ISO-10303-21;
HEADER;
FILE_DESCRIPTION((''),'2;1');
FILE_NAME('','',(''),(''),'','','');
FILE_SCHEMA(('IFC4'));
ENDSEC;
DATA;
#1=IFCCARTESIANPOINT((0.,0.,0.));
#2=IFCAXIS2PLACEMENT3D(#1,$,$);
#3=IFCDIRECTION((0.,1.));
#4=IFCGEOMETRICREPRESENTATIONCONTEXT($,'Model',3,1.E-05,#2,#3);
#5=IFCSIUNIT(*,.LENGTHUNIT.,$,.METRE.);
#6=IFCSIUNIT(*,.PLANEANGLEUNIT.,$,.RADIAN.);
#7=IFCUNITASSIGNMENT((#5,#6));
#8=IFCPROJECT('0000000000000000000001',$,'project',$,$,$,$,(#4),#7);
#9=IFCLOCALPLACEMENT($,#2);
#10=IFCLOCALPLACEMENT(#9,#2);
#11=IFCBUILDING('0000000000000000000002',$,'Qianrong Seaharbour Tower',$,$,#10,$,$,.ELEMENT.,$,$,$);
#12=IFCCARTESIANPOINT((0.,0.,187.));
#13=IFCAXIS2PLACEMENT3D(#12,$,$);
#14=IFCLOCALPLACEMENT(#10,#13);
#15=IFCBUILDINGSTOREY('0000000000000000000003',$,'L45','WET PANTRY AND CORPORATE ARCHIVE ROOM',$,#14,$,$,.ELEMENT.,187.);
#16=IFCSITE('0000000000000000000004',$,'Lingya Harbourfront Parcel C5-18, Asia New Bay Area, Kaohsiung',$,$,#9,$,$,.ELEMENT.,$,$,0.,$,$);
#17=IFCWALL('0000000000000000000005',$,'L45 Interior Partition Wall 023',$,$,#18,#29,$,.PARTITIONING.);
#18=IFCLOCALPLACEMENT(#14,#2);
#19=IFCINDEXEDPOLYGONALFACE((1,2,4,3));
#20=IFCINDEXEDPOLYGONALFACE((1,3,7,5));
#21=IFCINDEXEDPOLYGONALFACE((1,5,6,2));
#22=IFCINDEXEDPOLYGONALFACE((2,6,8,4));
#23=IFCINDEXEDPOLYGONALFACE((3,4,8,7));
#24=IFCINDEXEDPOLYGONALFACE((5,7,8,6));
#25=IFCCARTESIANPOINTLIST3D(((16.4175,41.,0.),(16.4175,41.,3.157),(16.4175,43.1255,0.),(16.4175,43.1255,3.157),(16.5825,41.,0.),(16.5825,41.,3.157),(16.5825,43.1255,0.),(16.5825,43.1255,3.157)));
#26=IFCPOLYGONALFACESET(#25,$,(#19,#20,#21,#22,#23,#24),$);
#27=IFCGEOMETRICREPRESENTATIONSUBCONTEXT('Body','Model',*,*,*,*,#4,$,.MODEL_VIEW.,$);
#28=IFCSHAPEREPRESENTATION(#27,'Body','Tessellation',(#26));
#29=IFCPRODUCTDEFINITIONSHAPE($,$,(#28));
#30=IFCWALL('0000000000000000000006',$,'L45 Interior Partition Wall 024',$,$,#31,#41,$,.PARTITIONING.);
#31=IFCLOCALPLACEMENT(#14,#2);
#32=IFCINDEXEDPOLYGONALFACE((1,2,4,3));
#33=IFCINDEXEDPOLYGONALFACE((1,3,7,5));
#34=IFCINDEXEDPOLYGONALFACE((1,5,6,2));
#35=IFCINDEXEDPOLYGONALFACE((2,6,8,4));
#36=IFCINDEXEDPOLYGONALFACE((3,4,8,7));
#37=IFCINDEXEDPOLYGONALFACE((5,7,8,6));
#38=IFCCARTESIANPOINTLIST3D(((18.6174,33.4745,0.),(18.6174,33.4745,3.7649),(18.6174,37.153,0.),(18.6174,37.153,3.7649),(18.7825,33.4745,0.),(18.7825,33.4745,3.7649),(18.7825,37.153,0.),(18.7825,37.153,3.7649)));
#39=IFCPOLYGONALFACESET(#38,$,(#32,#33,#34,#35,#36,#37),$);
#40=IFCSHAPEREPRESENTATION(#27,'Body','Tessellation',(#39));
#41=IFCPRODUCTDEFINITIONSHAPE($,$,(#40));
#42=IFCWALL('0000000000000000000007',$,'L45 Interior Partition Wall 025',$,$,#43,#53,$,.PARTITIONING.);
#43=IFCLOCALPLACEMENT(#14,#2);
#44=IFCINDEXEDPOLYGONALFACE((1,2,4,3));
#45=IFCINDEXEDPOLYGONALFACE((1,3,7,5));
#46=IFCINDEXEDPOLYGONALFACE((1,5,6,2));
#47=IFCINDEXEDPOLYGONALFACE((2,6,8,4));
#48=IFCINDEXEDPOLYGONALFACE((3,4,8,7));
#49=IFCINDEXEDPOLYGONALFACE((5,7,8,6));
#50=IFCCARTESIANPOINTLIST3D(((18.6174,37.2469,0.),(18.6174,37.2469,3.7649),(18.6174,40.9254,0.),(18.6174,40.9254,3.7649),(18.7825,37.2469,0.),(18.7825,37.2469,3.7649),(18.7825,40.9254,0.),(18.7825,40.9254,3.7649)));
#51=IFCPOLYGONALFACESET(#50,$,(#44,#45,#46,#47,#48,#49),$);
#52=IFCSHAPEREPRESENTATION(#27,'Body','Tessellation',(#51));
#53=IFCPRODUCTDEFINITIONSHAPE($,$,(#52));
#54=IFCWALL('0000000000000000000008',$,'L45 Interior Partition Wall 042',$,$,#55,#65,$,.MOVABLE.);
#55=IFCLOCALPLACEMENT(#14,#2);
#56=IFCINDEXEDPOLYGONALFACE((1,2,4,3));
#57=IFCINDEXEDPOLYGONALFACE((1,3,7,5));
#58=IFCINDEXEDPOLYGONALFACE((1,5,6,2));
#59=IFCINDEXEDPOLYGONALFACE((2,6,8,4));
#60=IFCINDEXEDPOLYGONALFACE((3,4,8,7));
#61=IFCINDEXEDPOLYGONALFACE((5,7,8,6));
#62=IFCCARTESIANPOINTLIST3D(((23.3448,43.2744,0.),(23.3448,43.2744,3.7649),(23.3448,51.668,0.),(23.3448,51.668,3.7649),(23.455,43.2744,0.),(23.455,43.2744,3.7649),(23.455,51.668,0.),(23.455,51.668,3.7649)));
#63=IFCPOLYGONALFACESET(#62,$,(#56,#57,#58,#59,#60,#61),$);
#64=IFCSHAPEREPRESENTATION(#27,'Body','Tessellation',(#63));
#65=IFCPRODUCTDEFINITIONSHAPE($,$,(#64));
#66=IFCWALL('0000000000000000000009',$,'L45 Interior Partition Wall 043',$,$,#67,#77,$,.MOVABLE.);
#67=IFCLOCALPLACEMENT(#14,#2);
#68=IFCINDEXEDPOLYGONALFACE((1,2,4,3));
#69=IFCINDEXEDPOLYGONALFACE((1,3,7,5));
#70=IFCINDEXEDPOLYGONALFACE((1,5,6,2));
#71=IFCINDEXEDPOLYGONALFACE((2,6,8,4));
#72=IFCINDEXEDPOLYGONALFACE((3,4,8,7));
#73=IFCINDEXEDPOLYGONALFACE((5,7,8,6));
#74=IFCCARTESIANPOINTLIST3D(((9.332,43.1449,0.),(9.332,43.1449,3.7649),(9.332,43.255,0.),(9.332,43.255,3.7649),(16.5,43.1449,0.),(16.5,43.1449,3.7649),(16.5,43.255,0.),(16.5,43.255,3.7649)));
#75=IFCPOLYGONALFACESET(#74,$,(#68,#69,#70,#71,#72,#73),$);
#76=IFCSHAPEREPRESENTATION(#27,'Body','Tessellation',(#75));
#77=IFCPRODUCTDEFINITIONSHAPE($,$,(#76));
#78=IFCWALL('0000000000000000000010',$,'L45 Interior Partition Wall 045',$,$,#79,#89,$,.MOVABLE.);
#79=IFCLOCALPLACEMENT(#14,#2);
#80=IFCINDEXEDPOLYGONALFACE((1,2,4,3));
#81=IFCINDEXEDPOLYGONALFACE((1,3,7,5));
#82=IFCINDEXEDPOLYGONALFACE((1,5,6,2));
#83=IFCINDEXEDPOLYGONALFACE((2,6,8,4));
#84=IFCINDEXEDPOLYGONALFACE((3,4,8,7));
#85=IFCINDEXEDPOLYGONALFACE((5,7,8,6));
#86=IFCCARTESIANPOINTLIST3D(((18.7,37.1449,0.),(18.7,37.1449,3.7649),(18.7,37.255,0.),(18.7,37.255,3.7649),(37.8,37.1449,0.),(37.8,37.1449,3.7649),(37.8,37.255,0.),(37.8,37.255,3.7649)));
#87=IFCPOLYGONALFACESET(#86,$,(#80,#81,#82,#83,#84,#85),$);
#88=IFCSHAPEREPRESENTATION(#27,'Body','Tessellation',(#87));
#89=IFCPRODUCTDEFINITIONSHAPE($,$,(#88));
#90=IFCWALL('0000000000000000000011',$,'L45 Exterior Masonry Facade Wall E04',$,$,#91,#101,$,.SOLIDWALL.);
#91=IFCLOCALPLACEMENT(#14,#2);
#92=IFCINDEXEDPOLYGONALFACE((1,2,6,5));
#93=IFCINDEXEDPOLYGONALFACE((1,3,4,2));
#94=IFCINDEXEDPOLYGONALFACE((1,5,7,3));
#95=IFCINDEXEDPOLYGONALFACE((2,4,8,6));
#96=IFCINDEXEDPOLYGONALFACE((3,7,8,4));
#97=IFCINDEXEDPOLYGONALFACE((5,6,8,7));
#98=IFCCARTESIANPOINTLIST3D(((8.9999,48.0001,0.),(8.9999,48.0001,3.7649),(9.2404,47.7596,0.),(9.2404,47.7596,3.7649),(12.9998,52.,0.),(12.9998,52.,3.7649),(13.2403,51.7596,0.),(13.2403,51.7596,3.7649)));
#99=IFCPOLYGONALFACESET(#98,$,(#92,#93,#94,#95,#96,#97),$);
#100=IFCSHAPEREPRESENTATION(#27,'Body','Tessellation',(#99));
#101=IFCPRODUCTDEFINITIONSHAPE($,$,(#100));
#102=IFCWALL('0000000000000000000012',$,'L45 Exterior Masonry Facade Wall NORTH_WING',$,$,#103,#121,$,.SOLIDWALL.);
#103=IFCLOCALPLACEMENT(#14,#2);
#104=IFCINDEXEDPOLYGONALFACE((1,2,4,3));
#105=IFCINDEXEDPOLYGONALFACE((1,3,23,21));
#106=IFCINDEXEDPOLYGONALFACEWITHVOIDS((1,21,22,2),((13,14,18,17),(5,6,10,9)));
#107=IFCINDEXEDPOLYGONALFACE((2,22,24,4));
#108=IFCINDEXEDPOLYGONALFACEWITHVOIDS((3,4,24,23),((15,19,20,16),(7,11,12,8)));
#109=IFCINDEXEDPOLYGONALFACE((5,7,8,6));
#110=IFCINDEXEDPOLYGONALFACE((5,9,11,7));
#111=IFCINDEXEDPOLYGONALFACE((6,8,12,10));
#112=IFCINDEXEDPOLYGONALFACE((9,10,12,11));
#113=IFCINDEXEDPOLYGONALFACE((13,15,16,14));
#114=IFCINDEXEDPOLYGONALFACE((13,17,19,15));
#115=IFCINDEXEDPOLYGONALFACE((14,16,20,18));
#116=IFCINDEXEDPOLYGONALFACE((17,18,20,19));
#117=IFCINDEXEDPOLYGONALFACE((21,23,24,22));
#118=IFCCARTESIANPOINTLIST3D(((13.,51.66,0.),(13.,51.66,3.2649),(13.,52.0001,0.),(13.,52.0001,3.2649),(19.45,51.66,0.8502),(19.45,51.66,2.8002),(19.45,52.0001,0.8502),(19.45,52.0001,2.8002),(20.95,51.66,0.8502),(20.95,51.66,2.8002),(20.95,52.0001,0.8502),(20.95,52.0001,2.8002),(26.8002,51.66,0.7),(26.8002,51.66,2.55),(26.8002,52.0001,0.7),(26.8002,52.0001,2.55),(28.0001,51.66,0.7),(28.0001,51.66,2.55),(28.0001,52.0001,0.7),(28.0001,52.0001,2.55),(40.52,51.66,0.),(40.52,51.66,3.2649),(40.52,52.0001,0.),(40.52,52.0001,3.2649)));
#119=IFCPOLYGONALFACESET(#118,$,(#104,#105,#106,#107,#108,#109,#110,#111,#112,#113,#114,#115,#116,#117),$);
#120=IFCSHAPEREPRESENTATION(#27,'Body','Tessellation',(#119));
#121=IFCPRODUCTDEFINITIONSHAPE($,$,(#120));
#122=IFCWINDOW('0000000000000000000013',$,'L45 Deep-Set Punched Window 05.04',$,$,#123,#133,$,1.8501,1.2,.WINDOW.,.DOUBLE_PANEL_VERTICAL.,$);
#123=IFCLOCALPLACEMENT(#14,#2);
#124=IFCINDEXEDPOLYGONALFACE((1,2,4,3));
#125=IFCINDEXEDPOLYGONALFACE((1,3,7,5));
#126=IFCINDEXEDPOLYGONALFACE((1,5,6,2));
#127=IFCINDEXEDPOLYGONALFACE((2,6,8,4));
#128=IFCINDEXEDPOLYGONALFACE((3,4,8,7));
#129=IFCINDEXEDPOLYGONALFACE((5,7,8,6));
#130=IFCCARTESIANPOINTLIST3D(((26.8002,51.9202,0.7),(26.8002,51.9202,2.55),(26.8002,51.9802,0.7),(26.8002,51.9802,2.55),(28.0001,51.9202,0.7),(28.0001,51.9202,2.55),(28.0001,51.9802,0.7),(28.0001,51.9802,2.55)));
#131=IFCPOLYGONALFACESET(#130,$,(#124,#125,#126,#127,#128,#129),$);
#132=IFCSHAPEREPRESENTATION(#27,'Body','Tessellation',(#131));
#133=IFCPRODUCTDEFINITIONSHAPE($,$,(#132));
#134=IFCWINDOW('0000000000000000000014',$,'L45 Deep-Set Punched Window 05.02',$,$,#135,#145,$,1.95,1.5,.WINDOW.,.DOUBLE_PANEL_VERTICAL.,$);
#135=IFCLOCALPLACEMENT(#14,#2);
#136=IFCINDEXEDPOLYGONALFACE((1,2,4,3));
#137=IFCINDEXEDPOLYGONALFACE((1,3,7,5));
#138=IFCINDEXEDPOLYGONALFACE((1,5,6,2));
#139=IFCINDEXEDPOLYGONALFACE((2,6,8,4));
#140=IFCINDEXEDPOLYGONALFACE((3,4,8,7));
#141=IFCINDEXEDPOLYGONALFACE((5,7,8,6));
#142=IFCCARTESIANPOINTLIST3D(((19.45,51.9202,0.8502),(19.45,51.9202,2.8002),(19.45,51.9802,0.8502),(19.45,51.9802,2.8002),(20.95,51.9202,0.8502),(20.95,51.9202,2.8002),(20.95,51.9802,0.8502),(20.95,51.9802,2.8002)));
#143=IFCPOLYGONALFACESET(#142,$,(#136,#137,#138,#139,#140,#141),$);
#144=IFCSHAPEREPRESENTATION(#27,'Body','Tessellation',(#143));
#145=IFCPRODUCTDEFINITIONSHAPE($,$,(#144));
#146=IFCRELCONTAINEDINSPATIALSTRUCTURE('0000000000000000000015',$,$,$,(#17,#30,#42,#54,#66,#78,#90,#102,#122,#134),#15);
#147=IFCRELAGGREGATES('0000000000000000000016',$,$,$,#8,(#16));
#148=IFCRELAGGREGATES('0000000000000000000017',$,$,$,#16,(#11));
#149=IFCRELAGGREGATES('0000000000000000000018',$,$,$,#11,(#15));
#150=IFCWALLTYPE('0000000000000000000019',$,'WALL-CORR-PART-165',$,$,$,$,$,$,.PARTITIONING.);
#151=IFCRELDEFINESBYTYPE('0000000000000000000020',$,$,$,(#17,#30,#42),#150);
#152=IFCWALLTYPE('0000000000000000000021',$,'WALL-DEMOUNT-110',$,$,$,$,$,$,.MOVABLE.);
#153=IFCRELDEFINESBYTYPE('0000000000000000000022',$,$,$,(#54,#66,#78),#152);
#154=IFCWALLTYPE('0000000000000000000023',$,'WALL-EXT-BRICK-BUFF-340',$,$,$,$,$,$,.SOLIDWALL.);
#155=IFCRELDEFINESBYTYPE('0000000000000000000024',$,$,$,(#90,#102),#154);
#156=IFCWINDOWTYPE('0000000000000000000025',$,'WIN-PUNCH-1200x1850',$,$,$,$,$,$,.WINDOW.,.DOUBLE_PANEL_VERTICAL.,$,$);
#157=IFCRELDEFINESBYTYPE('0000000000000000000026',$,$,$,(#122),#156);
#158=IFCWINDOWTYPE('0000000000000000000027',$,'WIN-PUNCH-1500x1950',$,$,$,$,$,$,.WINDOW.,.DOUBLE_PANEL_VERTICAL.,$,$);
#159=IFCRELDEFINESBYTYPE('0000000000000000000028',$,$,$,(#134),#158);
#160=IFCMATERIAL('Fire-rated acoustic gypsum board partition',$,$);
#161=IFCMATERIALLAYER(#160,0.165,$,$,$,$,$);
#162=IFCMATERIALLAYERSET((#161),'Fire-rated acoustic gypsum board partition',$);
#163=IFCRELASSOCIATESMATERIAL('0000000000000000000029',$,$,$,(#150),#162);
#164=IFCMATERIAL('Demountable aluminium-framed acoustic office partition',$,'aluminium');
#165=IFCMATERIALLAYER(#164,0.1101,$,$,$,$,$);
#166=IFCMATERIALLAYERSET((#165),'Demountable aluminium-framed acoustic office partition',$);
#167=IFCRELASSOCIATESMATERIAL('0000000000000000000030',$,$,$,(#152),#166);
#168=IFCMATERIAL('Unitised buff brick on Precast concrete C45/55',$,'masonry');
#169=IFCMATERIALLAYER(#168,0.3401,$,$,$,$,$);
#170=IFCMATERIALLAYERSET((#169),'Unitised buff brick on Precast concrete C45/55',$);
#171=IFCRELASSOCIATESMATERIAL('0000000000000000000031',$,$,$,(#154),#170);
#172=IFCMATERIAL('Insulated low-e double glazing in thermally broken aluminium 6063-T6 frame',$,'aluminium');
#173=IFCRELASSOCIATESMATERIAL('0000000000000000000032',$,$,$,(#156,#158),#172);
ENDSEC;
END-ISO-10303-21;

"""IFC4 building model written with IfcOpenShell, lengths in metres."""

from ifc_helpers import new_model, si_unit, direction, frame, frame_2d, origin, place, context, subcontext, project, spatial, rectangle, extrude, material, layer, layer_set, type_object, element, fill, save


model = new_model("IFC4")

# Units and contexts
model_context = context("Model", 3, precision=1e-05, world=origin(), true_north=direction((0.0, 1.0)))
body_context = subcontext(model_context, "Body", "Model", "MODEL_VIEW")
ifc_project = project(units=[si_unit("LENGTHUNIT", "METRE"), si_unit("PLANEANGLEUNIT", "RADIAN")], contexts=[model_context])

# Site, building, storey
site_placement = place(None, origin())
site = spatial("IfcSite", under=ifc_project, at=site_placement, Name="Lingya Harbourfront Parcel C5-18, Asia New Bay Area, Kaohsiung", CompositionType="ELEMENT", RefElevation=0.0)
building_placement = place(site_placement, origin())
building = spatial("IfcBuilding", under=site, at=building_placement, Name="Qianrong Seaharbour Tower", CompositionType="ELEMENT")
storey_placement = place(building_placement, frame((0.0, 0.0, 187.0)))
storey = spatial("IfcBuildingStorey", under=building, at=storey_placement, Name="L45", Description="WET PANTRY AND CORPORATE ARCHIVE ROOM", CompositionType="ELEMENT", Elevation=187.0)

# Shared definitions
ifc_material_1 = material(Name="Fire-rated acoustic gypsum board partition")
ifc_layer_1 = layer(ifc_material_1, 0.165)
ifc_layer_set_1 = layer_set([ifc_layer_1], Name="Fire-rated acoustic gypsum board partition")
wall_type_1 = type_object("IfcWallType", Name="WALL-CORR-PART-165", PredefinedType="PARTITIONING", material=ifc_layer_set_1)

# Walls
wall_1_placement = place(storey_placement, frame((16.5, 41.0, 0.0), z_axis=(0.0, 0.0, 1.0), x_axis=(0.0, 1.0, 0.0)))
element("IfcWall", 1, at=wall_1_placement, inside=storey, type_object=wall_type_1, Name="L45 Interior Partition Wall 023", PredefinedType="PARTITIONING", context=body_context, shape_type="SweptSolid", body=[
    extrude(rectangle(XDim=2.1255, YDim=0.165, at=frame_2d((1.0627, 0.0))), origin(), (0.0, 0.0, 1.0), 3.157),
])
for number, where, z_axis, x_axis, name in (
    (2, (18.7, 37.1531, 0.0), (0.0, 0.0, 1.0), (0.0, -1.0, 0.0), "L45 Interior Partition Wall 024"),
    (3, (18.7, 40.9255, 0.0), (0.0, 0.0, 1.0), (0.0, -1.0, 0.0), "L45 Interior Partition Wall 025"),
):
    element("IfcWall", number, at=place(storey_placement, frame(where, z_axis=z_axis, x_axis=x_axis)), inside=storey, type_object=wall_type_1, Name=name, PredefinedType="PARTITIONING", context=body_context, shape_type="SweptSolid", body=[
        extrude(rectangle(XDim=3.6785, YDim=0.165, at=frame_2d((1.8394, 0.0))), origin(), (0.0, 0.0, 1.0), 3.7649),
    ])
ifc_material_2 = material(Name="Demountable aluminium-framed acoustic office partition", Category="aluminium")
ifc_layer_2 = layer(ifc_material_2, 0.1101)
ifc_layer_set_2 = layer_set([ifc_layer_2], Name="Demountable aluminium-framed acoustic office partition")
wall_type_2 = type_object("IfcWallType", Name="WALL-DEMOUNT-110", PredefinedType="MOVABLE", material=ifc_layer_set_2)
wall_2_placement = place(storey_placement, frame((23.3999, 51.668, 0.0), z_axis=(0.0, 0.0, 1.0), x_axis=(0.0, -1.0, 0.0)))
element("IfcWall", 4, at=wall_2_placement, inside=storey, type_object=wall_type_2, Name="L45 Interior Partition Wall 042", PredefinedType="MOVABLE", context=body_context, shape_type="SweptSolid", body=[
    extrude(rectangle(XDim=8.3936, YDim=0.1101, at=frame_2d((4.1968, 0.0))), origin(), (0.0, 0.0, 1.0), 3.7649),
])
wall_3_placement = place(storey_placement, frame((16.5, 43.2, 0.0), z_axis=(0.0, 0.0, 1.0), x_axis=(-1.0, 0.0, 0.0)))
element("IfcWall", 5, at=wall_3_placement, inside=storey, type_object=wall_type_2, Name="L45 Interior Partition Wall 043", PredefinedType="MOVABLE", context=body_context, shape_type="SweptSolid", body=[
    extrude(rectangle(XDim=7.168, YDim=0.1101, at=frame_2d((3.584, 0.0))), origin(), (0.0, 0.0, 1.0), 3.7649),
])
wall_4_placement = place(storey_placement, frame((18.7, 37.2, 0.0), z_axis=(0.0, 0.0, 1.0), x_axis=(1.0, 0.0, 0.0)))
element("IfcWall", 6, at=wall_4_placement, inside=storey, type_object=wall_type_2, Name="L45 Interior Partition Wall 045", PredefinedType="MOVABLE", context=body_context, shape_type="SweptSolid", body=[
    extrude(rectangle(XDim=19.1001, YDim=0.1101, at=frame_2d((9.55, 0.0))), origin(), (0.0, 0.0, 1.0), 3.7649),
])
ifc_material_3 = material(Name="Unitised buff brick on Precast concrete C45/55", Category="masonry")
ifc_layer_3 = layer(ifc_material_3, 0.3401)
ifc_layer_set_3 = layer_set([ifc_layer_3], Name="Unitised buff brick on Precast concrete C45/55")
wall_type_3 = type_object("IfcWallType", Name="WALL-EXT-BRICK-BUFF-340", PredefinedType="SOLIDWALL", material=ifc_layer_set_3)
wall_5_placement = place(storey_placement, frame((9.1201, 47.8799, 0.0), z_axis=(0.0, 0.0, 1.0), x_axis=(0.707107, 0.707107, 0.0)))
element("IfcWall", 7, at=wall_5_placement, inside=storey, type_object=wall_type_3, Name="L45 Exterior Masonry Facade Wall E04", PredefinedType="SOLIDWALL", context=body_context, shape_type="SweptSolid", body=[
    extrude(rectangle(XDim=5.6567, YDim=0.3401, at=frame_2d((2.8284, 0.0))), origin(), (0.0, 0.0, 1.0), 3.7649),
])

# Wall, openings, windows
wall_6_placement = place(storey_placement, frame((13.0, 51.8301, 0.0), z_axis=(0.0, 0.0, 1.0), x_axis=(1.0, 0.0, 0.0)))
wall_6 = element("IfcWall", 8, at=wall_6_placement, inside=storey, type_object=wall_type_3, Name="L45 Exterior Masonry Facade Wall NORTH_WING", PredefinedType="SOLIDWALL", context=body_context, shape_type="SweptSolid", body=[
    extrude(rectangle(XDim=27.52, YDim=0.3401, at=frame_2d((13.76, 0.0))), origin(), (0.0, 0.0, 1.0), 3.2649),
])
opening_1_placement = place(wall_6_placement, frame((6.45, 0.0, 0.8501)))
opening_1 = element("IfcOpeningElement", 9, at=opening_1_placement, cuts=wall_6, PredefinedType="OPENING", context=body_context, shape_type="SweptSolid", body=[
    extrude(rectangle(XDim=1.5, YDim=1.95, at=frame_2d((0.75, 0.9751))), frame((0.0, 0.1802, 0.0), z_axis=(0.0, -1.0, 0.0), x_axis=(1.0, 0.0, 0.0)), (0.0, 0.0, 1.0), 0.3601),
])
opening_2_placement = place(wall_6_placement, frame((13.8, 0.0, 0.7)))
opening_2 = element("IfcOpeningElement", 10, at=opening_2_placement, cuts=wall_6, PredefinedType="OPENING", context=body_context, shape_type="SweptSolid", body=[
    extrude(rectangle(XDim=1.2, YDim=1.8501, at=frame_2d((0.6001, 0.925))), frame((0.0, 0.1802, 0.0), z_axis=(0.0, -1.0, 0.0), x_axis=(1.0, 0.0, 0.0)), (0.0, 0.0, 1.0), 0.3601),
])
ifc_material_4 = material(Name="Insulated low-e double glazing in thermally broken aluminium 6063-T6 frame", Category="aluminium")
window_type_1 = type_object("IfcWindowType", Name="WIN-PUNCH-1200x1850", PartitioningType="DOUBLE_PANEL_VERTICAL", PredefinedType="WINDOW", material=ifc_material_4)
window_1_placement = place(opening_2_placement, origin())
window_1 = element("IfcWindow", 11, at=window_1_placement, inside=storey, type_object=window_type_1, Name="L45 Deep-Set Punched Window 05.04", OverallHeight=1.8501, OverallWidth=1.2, PartitioningType="DOUBLE_PANEL_VERTICAL", PredefinedType="WINDOW", context=body_context, shape_type="SweptSolid", body=[
    extrude(rectangle(XDim=1.2, YDim=1.8501, at=frame_2d((0.6001, 0.925))), frame((0.0, 0.1501, 0.0), z_axis=(0.0, -1.0, 0.0), x_axis=(1.0, 0.0, 0.0)), (0.0, 0.0, 1.0), 0.0601),
])
fill(opening_2, window_1)
window_type_2 = type_object("IfcWindowType", Name="WIN-PUNCH-1500x1950", PartitioningType="DOUBLE_PANEL_VERTICAL", PredefinedType="WINDOW", material=ifc_material_4)
window_2_placement = place(opening_1_placement, origin())
window_2 = element("IfcWindow", 12, at=window_2_placement, inside=storey, type_object=window_type_2, Name="L45 Deep-Set Punched Window 05.02", OverallHeight=1.95, OverallWidth=1.5, PartitioningType="DOUBLE_PANEL_VERTICAL", PredefinedType="WINDOW", context=body_context, shape_type="SweptSolid", body=[
    extrude(rectangle(XDim=1.5, YDim=1.95, at=frame_2d((0.75, 0.9751))), frame((0.0, 0.1501, 0.0), z_axis=(0.0, -1.0, 0.0), x_axis=(1.0, 0.0, 0.0)), (0.0, 0.0, 1.0), 0.0601),
])
fill(opening_1, window_2)

save(model, "model.ifc")
